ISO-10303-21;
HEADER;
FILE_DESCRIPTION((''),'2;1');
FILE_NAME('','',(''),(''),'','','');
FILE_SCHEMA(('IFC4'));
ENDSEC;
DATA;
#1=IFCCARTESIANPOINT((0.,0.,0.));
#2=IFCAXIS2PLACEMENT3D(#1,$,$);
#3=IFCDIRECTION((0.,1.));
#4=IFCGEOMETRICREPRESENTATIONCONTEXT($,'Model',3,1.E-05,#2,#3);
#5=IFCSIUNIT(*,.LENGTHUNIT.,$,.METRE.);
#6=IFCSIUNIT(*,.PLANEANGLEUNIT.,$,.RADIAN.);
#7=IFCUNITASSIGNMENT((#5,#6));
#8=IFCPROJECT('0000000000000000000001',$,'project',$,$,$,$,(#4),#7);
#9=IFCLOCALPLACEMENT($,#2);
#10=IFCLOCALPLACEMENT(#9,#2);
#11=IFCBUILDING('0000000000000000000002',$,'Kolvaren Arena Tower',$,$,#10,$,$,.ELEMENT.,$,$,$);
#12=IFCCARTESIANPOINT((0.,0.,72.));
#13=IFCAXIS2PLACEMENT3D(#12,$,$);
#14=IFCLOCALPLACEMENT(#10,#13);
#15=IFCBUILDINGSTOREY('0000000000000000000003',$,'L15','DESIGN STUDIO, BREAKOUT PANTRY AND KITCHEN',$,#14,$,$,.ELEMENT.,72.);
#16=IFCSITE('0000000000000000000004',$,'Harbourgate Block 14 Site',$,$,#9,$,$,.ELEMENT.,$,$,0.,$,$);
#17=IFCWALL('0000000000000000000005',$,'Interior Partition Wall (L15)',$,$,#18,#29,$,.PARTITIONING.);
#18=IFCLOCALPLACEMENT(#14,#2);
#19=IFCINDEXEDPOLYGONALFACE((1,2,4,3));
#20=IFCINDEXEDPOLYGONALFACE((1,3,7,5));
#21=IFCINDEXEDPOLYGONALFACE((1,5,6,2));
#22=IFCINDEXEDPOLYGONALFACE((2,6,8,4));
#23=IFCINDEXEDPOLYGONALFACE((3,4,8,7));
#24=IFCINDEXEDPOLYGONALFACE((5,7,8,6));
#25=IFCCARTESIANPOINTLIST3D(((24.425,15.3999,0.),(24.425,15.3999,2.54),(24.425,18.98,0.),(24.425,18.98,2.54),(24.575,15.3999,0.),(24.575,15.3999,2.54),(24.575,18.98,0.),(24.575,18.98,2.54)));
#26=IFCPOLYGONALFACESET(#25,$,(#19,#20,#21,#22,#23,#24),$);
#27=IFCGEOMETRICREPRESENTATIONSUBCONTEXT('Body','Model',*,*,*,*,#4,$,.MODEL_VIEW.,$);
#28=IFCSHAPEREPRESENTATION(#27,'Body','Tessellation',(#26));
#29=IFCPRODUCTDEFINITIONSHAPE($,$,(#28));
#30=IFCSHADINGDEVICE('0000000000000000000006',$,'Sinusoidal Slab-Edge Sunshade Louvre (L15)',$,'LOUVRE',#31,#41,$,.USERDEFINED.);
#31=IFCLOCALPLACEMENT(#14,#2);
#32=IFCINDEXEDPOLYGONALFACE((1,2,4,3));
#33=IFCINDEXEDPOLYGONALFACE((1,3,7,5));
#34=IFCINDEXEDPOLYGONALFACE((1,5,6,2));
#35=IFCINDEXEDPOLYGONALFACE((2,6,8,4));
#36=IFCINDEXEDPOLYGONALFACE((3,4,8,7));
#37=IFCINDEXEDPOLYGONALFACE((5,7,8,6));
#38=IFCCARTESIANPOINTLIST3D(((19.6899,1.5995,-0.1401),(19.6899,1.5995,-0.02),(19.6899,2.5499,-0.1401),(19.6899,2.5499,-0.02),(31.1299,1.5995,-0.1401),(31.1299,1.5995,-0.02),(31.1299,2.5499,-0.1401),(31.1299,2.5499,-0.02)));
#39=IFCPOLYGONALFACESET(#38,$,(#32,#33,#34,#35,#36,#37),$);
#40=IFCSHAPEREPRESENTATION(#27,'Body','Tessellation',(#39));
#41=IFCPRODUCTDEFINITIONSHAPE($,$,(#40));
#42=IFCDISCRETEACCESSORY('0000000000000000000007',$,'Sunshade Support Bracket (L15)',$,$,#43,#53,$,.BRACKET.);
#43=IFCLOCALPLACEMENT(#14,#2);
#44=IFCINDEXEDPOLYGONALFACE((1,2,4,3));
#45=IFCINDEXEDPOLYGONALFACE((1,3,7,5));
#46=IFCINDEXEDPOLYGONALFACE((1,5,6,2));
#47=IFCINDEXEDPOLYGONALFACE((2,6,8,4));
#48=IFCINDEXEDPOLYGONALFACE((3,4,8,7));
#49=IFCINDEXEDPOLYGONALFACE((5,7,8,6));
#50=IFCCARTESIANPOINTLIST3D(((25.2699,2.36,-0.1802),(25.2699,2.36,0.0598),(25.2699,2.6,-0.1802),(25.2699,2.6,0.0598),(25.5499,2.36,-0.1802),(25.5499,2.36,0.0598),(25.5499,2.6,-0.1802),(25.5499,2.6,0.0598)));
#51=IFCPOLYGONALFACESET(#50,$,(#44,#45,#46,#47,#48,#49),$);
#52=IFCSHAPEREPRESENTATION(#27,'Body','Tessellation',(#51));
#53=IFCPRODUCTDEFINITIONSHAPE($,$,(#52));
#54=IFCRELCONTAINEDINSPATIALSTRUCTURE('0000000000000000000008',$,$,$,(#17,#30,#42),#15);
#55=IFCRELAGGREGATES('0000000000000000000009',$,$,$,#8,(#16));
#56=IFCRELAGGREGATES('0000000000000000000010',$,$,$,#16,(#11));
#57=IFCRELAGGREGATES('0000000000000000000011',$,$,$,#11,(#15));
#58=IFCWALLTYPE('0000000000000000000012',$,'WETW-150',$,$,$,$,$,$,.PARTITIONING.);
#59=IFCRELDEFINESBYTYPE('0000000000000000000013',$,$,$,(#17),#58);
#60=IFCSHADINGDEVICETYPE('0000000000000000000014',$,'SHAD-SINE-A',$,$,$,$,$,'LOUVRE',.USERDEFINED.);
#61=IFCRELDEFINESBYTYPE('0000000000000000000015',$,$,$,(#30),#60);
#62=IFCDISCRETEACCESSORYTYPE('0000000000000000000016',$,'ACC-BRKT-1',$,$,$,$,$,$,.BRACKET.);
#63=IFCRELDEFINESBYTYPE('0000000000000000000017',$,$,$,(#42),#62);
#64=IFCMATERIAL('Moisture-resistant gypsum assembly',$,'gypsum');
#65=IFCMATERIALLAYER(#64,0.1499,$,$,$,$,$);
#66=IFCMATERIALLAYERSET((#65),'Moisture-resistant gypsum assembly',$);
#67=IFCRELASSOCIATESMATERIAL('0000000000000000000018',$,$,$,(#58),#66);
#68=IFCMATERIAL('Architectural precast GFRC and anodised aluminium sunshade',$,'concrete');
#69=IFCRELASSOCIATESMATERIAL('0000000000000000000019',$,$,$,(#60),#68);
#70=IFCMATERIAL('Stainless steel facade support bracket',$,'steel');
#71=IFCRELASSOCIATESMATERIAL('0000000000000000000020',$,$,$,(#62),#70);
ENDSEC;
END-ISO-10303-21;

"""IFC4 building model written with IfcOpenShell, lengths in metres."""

from ifc_helpers import new_model, si_unit, direction, frame, frame_2d, origin, origin_2d, place, context, subcontext, project, spatial, rectangle, extrude, material, layer, layer_set, type_object, element, save


model = new_model("IFC4")

# Units and contexts
model_context = context("Model", 3, precision=1e-05, world=origin(), true_north=direction((0.0, 1.0)))
body_context = subcontext(model_context, "Body", "Model", "MODEL_VIEW")
ifc_project = project(units=[si_unit("LENGTHUNIT", "METRE"), si_unit("PLANEANGLEUNIT", "RADIAN")], contexts=[model_context])

# Site, building, storey
site_placement = place(None, origin())
site = spatial("IfcSite", under=ifc_project, at=site_placement, Name="Harbourgate Block 14 Site", CompositionType="ELEMENT", RefElevation=0.0)
building_placement = place(site_placement, origin())
building = spatial("IfcBuilding", under=site, at=building_placement, Name="Kolvaren Arena Tower", CompositionType="ELEMENT")
storey_placement = place(building_placement, frame((0.0, 0.0, 72.0)))
storey = spatial("IfcBuildingStorey", under=building, at=storey_placement, Name="L15", Description="DESIGN STUDIO, BREAKOUT PANTRY AND KITCHEN", CompositionType="ELEMENT", Elevation=72.0)

# Wall
ifc_material_1 = material(Name="Moisture-resistant gypsum assembly", Category="gypsum")
ifc_layer_1 = layer(ifc_material_1, 0.1499)
ifc_layer_set_1 = layer_set([ifc_layer_1], Name="Moisture-resistant gypsum assembly")
wall_type_1 = type_object("IfcWallType", Name="WETW-150", PredefinedType="PARTITIONING", material=ifc_layer_set_1)
wall_1_placement = place(storey_placement, frame((24.5, 15.3999, 0.0), z_axis=(0.0, 0.0, 1.0), x_axis=(0.0, 1.0, 0.0)))
element("IfcWall", 1, at=wall_1_placement, inside=storey, type_object=wall_type_1, Name="Interior Partition Wall (L15)", PredefinedType="PARTITIONING", context=body_context, shape_type="SweptSolid", body=[
    extrude(rectangle(XDim=3.5801, YDim=0.1499, at=frame_2d((1.79, 0.0))), origin(), (0.0, 0.0, 1.0), 2.54),
])

# Shading device
ifc_material_2 = material(Name="Architectural precast GFRC and anodised aluminium sunshade", Category="concrete")
shading_device_type = type_object("IfcShadingDeviceType", Name="SHAD-SINE-A", ElementType="LOUVRE", PredefinedType="USERDEFINED", material=ifc_material_2)
shading_device_placement = place(storey_placement, frame((25.4099, 2.0747, -0.1401), z_axis=(0.0, 0.0, 1.0), x_axis=(-1.0, 0.0, 0.0)))
element("IfcShadingDevice", 2, at=shading_device_placement, inside=storey, type_object=shading_device_type, Name="Sinusoidal Slab-Edge Sunshade Louvre (L15)", ObjectType="LOUVRE", PredefinedType="USERDEFINED", context=body_context, shape_type="SweptSolid", body=[
    extrude(rectangle(XDim=11.4399, YDim=0.9504, at=origin_2d()), origin(), (0.0, 0.0, 1.0), 0.1201),
])

# Discrete accessory
ifc_material_3 = material(Name="Stainless steel facade support bracket", Category="steel")
discrete_accessory_type = type_object("IfcDiscreteAccessoryType", Name="ACC-BRKT-1", PredefinedType="BRACKET", material=ifc_material_3)
discrete_accessory_placement = place(storey_placement, frame((25.4099, 2.48, -0.1802), z_axis=(0.0, 0.0, 1.0), x_axis=(-1.0, 0.0, 0.0)))
element("IfcDiscreteAccessory", 3, at=discrete_accessory_placement, inside=storey, type_object=discrete_accessory_type, Name="Sunshade Support Bracket (L15)", PredefinedType="BRACKET", context=body_context, shape_type="SweptSolid", body=[
    extrude(rectangle(XDim=0.28, YDim=0.24, at=origin_2d()), origin(), (0.0, 0.0, 1.0), 0.24),
])

save(model, "model.ifc")
